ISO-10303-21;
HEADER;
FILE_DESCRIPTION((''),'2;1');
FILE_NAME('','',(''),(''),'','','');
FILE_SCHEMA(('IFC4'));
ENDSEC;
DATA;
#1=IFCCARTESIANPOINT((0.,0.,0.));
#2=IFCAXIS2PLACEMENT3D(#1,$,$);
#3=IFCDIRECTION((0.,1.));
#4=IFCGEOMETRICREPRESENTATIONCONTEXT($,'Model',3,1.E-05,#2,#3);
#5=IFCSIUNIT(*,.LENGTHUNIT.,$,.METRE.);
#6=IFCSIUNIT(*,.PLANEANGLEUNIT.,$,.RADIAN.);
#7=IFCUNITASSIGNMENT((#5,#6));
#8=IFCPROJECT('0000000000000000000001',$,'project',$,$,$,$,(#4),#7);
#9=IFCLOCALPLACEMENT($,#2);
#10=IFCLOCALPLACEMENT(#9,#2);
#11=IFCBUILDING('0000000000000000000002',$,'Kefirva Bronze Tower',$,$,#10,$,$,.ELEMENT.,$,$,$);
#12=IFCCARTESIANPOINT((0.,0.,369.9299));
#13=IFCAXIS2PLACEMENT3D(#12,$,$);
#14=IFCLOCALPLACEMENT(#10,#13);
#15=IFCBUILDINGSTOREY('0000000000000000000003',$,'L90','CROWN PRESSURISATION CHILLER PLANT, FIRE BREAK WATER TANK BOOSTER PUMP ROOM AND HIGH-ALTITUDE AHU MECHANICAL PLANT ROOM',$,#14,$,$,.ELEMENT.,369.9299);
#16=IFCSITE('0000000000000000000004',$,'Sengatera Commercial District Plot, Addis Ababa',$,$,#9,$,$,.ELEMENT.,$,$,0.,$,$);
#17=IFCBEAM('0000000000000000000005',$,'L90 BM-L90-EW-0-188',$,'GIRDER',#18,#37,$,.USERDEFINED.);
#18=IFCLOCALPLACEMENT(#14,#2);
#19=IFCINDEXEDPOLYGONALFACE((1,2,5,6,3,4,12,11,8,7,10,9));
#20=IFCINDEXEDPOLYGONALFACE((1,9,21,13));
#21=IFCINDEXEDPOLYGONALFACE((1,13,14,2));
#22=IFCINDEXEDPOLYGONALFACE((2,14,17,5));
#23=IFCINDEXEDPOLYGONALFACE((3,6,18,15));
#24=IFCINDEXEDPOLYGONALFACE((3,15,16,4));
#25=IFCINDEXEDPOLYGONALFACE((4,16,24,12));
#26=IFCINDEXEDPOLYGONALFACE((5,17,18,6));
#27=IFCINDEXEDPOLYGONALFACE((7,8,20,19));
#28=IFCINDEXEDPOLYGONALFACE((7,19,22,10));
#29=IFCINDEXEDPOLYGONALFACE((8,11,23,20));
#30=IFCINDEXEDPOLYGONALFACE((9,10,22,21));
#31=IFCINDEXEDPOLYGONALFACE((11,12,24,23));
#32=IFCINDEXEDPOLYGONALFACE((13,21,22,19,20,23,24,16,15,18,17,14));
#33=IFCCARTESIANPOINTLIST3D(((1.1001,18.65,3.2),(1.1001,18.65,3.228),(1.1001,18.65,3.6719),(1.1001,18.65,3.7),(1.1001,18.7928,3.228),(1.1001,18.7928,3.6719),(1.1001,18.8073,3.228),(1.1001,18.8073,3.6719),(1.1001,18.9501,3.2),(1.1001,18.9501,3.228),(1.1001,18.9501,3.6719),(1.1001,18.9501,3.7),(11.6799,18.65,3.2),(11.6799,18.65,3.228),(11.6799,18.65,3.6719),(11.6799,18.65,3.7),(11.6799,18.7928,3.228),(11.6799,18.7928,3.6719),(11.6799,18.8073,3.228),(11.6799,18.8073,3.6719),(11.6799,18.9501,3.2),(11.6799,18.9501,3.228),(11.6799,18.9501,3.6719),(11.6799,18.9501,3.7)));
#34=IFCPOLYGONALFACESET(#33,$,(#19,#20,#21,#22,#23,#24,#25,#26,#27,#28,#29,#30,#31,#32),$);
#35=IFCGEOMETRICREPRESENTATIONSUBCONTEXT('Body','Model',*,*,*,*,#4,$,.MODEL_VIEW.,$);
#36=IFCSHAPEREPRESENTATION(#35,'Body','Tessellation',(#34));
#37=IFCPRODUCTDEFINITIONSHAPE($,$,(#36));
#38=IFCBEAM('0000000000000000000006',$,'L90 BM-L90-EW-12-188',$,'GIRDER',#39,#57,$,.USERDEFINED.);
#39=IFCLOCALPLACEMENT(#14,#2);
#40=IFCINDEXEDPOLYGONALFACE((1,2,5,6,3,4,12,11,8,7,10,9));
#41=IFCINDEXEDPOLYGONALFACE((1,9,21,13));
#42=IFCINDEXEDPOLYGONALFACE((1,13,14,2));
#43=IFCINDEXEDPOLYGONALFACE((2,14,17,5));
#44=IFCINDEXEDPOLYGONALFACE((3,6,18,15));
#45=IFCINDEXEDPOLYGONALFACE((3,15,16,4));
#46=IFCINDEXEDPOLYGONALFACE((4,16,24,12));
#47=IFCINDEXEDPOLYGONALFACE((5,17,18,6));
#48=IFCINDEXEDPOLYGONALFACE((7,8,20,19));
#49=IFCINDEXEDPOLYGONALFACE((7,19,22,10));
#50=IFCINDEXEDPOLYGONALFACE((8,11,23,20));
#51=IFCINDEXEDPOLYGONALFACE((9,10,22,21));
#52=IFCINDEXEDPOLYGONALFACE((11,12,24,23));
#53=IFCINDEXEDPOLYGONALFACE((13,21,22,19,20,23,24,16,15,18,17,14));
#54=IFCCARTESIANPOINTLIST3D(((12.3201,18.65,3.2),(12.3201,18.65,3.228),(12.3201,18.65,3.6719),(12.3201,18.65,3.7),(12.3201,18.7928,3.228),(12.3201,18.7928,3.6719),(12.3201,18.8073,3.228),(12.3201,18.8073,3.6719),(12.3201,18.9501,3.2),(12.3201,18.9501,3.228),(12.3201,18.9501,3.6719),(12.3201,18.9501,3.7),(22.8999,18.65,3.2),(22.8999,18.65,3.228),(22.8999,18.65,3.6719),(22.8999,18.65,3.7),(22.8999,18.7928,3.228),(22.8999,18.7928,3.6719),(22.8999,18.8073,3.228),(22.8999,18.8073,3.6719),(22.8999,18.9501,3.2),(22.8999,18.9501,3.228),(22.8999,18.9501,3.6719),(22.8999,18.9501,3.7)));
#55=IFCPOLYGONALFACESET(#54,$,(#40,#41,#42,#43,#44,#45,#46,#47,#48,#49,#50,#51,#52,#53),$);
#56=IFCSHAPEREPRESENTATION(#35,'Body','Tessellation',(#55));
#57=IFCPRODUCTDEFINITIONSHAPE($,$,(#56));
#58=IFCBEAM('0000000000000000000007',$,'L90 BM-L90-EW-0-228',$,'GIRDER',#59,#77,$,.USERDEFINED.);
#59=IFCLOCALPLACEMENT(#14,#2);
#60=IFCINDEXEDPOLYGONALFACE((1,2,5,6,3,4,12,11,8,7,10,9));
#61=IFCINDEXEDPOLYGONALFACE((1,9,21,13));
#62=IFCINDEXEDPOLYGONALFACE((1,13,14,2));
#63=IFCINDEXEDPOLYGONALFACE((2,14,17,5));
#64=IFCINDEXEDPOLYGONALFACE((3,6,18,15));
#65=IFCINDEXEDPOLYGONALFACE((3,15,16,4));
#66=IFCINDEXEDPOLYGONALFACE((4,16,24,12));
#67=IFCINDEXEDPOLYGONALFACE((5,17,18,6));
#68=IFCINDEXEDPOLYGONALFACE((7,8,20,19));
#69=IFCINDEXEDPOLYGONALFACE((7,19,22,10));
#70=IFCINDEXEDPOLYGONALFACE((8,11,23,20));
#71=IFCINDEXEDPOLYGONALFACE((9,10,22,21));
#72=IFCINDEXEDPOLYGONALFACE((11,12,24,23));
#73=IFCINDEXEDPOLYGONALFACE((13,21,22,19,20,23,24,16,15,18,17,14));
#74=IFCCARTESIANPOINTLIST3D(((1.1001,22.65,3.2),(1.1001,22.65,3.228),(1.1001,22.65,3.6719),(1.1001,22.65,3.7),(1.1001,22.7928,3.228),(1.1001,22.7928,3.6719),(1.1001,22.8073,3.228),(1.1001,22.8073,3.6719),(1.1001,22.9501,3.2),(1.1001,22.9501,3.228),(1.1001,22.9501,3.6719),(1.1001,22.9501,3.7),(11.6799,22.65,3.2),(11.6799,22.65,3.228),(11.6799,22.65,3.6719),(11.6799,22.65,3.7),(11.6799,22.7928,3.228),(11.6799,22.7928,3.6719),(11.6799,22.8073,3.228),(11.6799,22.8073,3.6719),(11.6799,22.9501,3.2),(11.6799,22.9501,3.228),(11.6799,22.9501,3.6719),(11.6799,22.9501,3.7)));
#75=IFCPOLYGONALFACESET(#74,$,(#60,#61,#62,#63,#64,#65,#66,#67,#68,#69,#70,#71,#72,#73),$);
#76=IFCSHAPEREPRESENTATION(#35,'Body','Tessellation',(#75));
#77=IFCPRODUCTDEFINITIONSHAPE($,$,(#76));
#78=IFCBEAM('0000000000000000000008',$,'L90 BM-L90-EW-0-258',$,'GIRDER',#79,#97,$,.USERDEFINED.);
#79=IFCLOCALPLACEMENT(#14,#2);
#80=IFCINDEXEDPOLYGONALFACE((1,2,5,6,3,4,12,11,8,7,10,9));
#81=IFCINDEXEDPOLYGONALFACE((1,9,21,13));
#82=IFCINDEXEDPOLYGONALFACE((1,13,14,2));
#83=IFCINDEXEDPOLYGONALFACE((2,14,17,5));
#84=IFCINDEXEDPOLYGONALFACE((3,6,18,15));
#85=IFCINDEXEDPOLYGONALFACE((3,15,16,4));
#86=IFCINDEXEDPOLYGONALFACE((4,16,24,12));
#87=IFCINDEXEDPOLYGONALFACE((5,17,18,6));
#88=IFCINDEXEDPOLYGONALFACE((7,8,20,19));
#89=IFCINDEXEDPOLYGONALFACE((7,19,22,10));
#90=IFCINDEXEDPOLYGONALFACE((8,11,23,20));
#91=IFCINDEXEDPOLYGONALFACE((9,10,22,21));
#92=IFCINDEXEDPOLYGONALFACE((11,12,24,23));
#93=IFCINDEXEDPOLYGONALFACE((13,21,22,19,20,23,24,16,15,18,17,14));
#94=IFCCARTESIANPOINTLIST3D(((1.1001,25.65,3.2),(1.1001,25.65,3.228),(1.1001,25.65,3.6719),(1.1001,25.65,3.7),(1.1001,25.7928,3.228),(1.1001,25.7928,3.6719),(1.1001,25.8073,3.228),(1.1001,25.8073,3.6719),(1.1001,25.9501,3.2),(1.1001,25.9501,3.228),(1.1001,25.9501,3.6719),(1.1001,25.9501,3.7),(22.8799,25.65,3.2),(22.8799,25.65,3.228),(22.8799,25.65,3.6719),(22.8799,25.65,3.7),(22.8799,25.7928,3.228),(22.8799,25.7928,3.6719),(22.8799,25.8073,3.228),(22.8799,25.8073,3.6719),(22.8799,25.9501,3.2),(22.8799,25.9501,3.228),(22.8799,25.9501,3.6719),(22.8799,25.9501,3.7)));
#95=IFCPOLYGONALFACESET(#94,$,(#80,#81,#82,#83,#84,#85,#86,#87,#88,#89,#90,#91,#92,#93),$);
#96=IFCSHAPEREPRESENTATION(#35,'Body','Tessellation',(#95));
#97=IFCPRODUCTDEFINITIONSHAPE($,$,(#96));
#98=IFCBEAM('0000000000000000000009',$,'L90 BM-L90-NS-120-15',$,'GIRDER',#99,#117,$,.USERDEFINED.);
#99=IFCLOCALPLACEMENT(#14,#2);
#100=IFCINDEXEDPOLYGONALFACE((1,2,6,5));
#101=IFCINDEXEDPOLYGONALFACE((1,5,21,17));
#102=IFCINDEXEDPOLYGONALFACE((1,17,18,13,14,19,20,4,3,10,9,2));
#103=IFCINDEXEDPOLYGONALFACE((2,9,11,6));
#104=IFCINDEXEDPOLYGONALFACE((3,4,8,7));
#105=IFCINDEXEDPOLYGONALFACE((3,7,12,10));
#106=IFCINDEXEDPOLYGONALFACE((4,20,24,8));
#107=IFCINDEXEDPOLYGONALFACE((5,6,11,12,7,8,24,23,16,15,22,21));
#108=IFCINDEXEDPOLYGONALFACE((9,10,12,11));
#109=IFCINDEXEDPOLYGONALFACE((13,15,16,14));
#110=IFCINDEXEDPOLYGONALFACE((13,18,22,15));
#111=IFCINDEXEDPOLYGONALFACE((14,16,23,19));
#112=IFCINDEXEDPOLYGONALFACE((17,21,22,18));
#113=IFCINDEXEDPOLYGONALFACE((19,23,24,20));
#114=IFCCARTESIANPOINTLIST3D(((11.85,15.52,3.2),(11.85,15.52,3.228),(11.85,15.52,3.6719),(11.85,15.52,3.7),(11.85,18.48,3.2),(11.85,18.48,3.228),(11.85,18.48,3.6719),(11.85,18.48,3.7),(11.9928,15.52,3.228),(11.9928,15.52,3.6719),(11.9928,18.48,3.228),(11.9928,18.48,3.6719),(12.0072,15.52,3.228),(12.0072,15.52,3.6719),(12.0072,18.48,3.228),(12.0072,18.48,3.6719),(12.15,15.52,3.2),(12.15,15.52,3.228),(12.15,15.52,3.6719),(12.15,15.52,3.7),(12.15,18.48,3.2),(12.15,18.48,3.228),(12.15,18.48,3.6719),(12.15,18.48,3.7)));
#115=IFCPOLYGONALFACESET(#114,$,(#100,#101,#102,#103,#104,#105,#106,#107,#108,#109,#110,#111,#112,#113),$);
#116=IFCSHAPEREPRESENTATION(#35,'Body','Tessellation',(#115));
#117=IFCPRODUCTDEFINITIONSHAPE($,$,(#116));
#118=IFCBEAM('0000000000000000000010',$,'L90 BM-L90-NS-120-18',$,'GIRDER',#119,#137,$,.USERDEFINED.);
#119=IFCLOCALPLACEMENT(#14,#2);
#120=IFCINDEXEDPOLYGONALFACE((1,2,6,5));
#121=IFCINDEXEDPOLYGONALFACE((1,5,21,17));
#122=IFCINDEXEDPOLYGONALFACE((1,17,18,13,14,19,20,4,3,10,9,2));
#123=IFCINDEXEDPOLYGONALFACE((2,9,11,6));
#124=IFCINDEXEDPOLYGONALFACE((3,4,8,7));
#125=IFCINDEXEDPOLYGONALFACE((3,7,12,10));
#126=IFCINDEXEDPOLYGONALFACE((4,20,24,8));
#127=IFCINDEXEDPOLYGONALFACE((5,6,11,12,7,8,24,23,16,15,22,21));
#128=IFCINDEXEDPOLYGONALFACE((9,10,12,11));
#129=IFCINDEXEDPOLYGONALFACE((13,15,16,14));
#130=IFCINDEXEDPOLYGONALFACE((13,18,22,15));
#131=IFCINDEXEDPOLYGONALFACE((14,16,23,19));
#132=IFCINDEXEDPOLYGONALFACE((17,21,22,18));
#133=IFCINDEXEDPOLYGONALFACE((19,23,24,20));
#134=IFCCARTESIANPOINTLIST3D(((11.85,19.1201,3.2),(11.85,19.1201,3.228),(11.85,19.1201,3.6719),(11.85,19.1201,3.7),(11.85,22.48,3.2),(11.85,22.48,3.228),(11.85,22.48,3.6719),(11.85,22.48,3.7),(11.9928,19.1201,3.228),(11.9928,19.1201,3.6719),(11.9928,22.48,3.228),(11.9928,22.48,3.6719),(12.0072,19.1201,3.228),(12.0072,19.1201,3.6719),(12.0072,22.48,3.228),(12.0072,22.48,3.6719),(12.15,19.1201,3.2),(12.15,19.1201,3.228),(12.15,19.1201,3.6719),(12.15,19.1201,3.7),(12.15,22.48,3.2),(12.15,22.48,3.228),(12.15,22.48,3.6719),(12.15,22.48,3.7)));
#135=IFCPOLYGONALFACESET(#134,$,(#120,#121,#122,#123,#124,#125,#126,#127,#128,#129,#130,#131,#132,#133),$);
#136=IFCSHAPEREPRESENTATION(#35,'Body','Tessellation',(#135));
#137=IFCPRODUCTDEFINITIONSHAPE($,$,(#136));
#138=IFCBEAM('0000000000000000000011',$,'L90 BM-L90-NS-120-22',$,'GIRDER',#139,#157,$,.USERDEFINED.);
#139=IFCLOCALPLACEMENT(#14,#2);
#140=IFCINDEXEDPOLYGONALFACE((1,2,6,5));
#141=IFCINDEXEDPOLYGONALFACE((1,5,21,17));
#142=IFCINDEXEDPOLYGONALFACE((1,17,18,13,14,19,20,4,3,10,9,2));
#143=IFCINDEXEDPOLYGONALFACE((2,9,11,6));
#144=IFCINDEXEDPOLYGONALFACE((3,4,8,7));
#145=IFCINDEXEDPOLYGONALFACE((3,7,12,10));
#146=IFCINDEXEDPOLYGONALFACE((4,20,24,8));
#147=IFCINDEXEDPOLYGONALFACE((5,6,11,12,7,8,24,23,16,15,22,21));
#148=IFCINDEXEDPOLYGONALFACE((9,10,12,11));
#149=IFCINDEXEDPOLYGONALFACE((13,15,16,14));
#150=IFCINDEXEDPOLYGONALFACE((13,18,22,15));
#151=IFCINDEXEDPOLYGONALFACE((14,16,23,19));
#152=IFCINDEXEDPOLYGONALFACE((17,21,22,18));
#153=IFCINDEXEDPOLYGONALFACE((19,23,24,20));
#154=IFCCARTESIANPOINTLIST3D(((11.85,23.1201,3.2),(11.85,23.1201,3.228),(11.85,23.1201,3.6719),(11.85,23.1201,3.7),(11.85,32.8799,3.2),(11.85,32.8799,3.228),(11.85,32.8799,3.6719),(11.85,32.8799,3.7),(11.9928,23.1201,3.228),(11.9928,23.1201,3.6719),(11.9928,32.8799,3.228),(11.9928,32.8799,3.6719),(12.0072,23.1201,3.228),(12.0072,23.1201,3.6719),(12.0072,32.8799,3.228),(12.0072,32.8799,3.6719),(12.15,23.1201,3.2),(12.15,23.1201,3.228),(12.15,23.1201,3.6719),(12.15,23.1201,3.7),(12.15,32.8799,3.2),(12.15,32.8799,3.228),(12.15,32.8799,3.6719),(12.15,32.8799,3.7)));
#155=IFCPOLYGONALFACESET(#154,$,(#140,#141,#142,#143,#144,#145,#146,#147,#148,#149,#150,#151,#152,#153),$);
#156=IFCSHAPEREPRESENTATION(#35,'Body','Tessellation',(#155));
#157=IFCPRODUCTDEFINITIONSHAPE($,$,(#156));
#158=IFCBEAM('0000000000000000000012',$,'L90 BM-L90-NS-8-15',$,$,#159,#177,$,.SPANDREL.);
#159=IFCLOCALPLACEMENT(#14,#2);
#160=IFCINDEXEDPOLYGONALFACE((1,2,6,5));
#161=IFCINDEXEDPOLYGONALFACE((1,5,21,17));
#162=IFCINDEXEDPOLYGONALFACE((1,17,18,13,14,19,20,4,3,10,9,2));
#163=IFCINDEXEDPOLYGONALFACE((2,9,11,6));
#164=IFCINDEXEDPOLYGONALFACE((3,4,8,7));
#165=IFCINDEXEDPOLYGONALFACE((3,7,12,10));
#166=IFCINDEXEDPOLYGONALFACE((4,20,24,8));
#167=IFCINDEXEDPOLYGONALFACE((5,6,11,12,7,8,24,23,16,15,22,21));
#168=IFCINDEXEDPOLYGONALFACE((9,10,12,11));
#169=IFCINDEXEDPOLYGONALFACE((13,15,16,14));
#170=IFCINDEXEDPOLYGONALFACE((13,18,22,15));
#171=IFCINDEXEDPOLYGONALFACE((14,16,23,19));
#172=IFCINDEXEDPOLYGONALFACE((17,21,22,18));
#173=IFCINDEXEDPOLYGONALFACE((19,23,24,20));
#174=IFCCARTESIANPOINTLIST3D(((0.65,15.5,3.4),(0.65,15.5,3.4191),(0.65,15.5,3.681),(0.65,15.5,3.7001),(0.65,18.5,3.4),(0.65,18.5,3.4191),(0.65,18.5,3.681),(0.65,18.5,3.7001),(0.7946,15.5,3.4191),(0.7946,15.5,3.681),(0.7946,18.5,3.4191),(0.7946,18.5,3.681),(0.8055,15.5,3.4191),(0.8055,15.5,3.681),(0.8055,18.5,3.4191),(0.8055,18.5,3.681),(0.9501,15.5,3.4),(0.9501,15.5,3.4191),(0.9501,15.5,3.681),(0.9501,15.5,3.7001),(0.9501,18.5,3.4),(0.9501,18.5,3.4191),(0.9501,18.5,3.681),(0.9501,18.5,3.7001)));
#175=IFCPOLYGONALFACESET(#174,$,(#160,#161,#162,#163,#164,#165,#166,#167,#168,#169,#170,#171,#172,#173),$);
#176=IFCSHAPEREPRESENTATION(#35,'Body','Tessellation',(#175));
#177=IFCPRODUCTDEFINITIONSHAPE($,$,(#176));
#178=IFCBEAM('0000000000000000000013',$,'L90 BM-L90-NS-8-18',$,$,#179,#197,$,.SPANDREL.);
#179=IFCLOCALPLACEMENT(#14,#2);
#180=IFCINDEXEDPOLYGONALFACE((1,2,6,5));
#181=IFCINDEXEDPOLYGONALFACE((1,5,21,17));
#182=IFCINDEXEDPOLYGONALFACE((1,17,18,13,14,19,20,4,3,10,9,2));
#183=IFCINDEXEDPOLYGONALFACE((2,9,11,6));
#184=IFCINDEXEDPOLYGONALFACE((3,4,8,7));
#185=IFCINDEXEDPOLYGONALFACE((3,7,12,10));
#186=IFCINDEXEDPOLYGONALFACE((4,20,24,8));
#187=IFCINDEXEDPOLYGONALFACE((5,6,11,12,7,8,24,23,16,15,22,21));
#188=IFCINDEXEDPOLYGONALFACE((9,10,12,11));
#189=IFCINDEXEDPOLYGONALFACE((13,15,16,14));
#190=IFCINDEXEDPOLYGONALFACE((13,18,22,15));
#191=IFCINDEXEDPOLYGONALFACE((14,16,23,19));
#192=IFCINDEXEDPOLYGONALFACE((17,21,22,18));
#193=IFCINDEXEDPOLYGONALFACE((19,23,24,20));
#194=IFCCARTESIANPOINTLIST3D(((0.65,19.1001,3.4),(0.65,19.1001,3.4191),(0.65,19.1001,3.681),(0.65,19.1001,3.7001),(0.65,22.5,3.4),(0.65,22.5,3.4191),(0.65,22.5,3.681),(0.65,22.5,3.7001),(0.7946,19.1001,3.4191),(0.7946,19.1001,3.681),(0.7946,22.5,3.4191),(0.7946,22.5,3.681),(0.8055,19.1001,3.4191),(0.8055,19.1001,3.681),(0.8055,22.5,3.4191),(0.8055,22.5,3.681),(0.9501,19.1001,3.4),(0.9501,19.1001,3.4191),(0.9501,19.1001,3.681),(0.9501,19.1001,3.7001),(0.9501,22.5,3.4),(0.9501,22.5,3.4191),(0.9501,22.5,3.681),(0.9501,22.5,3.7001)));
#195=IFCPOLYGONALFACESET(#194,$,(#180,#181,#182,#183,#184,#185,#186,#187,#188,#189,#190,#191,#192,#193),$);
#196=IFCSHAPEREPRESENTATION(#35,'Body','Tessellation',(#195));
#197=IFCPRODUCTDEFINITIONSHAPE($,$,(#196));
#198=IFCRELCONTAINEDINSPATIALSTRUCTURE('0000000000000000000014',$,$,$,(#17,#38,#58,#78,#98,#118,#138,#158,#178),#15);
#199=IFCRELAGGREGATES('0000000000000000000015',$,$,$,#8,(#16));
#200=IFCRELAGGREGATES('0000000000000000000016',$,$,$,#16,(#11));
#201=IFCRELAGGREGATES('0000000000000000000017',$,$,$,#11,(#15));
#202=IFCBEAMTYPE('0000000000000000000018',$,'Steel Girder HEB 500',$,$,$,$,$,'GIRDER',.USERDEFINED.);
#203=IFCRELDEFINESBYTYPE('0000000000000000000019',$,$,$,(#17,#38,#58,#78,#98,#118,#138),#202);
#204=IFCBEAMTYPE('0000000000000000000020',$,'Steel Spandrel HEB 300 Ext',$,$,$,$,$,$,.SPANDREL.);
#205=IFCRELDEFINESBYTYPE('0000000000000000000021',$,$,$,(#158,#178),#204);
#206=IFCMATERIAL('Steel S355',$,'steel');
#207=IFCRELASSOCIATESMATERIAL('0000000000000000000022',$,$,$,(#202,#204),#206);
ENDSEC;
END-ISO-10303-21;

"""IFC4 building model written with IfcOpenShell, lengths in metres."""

from ifc_helpers import new_model, si_unit, direction, frame, origin, origin_2d, place, context, subcontext, project, spatial, i_section, extrude, material, material_profile, profile_set, type_object, element, save


model = new_model("IFC4")

# Units and contexts
model_context = context("Model", 3, precision=1e-05, world=origin(), true_north=direction((0.0, 1.0)))
body_context = subcontext(model_context, "Body", "Model", "MODEL_VIEW")
ifc_project = project(units=[si_unit("LENGTHUNIT", "METRE"), si_unit("PLANEANGLEUNIT", "RADIAN")], contexts=[model_context])

# Site, building, storey
site_placement = place(None, origin())
site = spatial("IfcSite", under=ifc_project, at=site_placement, Name="Sengatera Commercial District Plot, Addis Ababa", CompositionType="ELEMENT", RefElevation=0.0)
building_placement = place(site_placement, origin())
building = spatial("IfcBuilding", under=site, at=building_placement, Name="Kefirva Bronze Tower", CompositionType="ELEMENT")
storey_placement = place(building_placement, frame((0.0, 0.0, 369.9299)))
storey = spatial("IfcBuildingStorey", under=building, at=storey_placement, Name="L90", Description="CROWN PRESSURISATION CHILLER PLANT, FIRE BREAK WATER TANK BOOSTER PUMP ROOM AND HIGH-ALTITUDE AHU MECHANICAL PLANT ROOM", CompositionType="ELEMENT", Elevation=369.9299)

# Beams
ifc_material_1 = material(Name="Steel S355", Category="steel")
ifc_material_profile_1 = material_profile(ifc_material_1, i_section(OverallWidth=0.3, OverallDepth=0.5, WebThickness=0.0144, FlangeThickness=0.0281, at=origin_2d()), Name="HEB 500")
ifc_profile_set_1 = profile_set([ifc_material_profile_1], Name="Steel S355")
beam_type_1 = type_object("IfcBeamType", Name="Steel Girder HEB 500", ElementType="GIRDER", PredefinedType="USERDEFINED", material=ifc_profile_set_1)
for number, where, z_axis, x_axis, name in (
    (1, (1.1001, 18.8, 3.45), (1.0, 0.0, 0.0), (0.0, 1.0, 0.0), "L90 BM-L90-EW-0-188"),
    (2, (12.3201, 18.8, 3.45), (1.0, 0.0, 0.0), (0.0, 1.0, 0.0), "L90 BM-L90-EW-12-188"),
    (3, (1.1001, 22.8, 3.45), (1.0, 0.0, 0.0), (0.0, 1.0, 0.0), "L90 BM-L90-EW-0-228"),
):
    element("IfcBeam", number, at=place(storey_placement, frame(where, z_axis=z_axis, x_axis=x_axis)), inside=storey, type_object=beam_type_1, Name=name, ObjectType="GIRDER", PredefinedType="USERDEFINED", context=body_context, shape_type="SweptSolid", body=[
        extrude(i_section(OverallWidth=0.3, OverallDepth=0.5, WebThickness=0.0144, FlangeThickness=0.0281, at=origin_2d()), origin(), (0.0, 0.0, 1.0), 10.5798),
    ])
beam_1_placement = place(storey_placement, frame((1.1001, 25.8, 3.45), z_axis=(1.0, 0.0, 0.0), x_axis=(0.0, 1.0, 0.0)))
element("IfcBeam", 4, at=beam_1_placement, inside=storey, type_object=beam_type_1, Name="L90 BM-L90-EW-0-258", ObjectType="GIRDER", PredefinedType="USERDEFINED", context=body_context, shape_type="SweptSolid", body=[
    extrude(i_section(OverallWidth=0.3, OverallDepth=0.5, WebThickness=0.0144, FlangeThickness=0.0281, at=origin_2d()), origin(), (0.0, 0.0, 1.0), 21.7798),
])
beam_2_placement = place(storey_placement, frame((12.0, 15.52, 3.45), z_axis=(0.0, 1.0, 0.0), x_axis=(-1.0, 0.0, 0.0)))
element("IfcBeam", 5, at=beam_2_placement, inside=storey, type_object=beam_type_1, Name="L90 BM-L90-NS-120-15", ObjectType="GIRDER", PredefinedType="USERDEFINED", context=body_context, shape_type="SweptSolid", body=[
    extrude(i_section(OverallWidth=0.3, OverallDepth=0.5, WebThickness=0.0144, FlangeThickness=0.0281, at=origin_2d()), origin(), (0.0, 0.0, 1.0), 2.96),
])
beam_3_placement = place(storey_placement, frame((12.0, 19.1201, 3.45), z_axis=(0.0, 1.0, 0.0), x_axis=(-1.0, 0.0, 0.0)))
element("IfcBeam", 6, at=beam_3_placement, inside=storey, type_object=beam_type_1, Name="L90 BM-L90-NS-120-18", ObjectType="GIRDER", PredefinedType="USERDEFINED", context=body_context, shape_type="SweptSolid", body=[
    extrude(i_section(OverallWidth=0.3, OverallDepth=0.5, WebThickness=0.0144, FlangeThickness=0.0281, at=origin_2d()), origin(), (0.0, 0.0, 1.0), 3.3599),
])
beam_4_placement = place(storey_placement, frame((12.0, 23.1201, 3.45), z_axis=(0.0, 1.0, 0.0), x_axis=(-1.0, 0.0, 0.0)))
element("IfcBeam", 7, at=beam_4_placement, inside=storey, type_object=beam_type_1, Name="L90 BM-L90-NS-120-22", ObjectType="GIRDER", PredefinedType="USERDEFINED", context=body_context, shape_type="SweptSolid", body=[
    extrude(i_section(OverallWidth=0.3, OverallDepth=0.5, WebThickness=0.0144, FlangeThickness=0.0281, at=origin_2d()), origin(), (0.0, 0.0, 1.0), 9.7598),
])
ifc_material_profile_2 = material_profile(ifc_material_1, i_section(OverallWidth=0.3, OverallDepth=0.3, WebThickness=0.011, FlangeThickness=0.019, at=origin_2d()), Name="HEB 300")
ifc_profile_set_2 = profile_set([ifc_material_profile_2], Name="Steel S355")
beam_type_2 = type_object("IfcBeamType", Name="Steel Spandrel HEB 300 Ext", PredefinedType="SPANDREL", material=ifc_profile_set_2)
beam_5_placement = place(storey_placement, frame((0.8, 15.5, 3.55), z_axis=(0.0, 1.0, 0.0), x_axis=(-1.0, 0.0, 0.0)))
element("IfcBeam", 8, at=beam_5_placement, inside=storey, type_object=beam_type_2, Name="L90 BM-L90-NS-8-15", PredefinedType="SPANDREL", context=body_context, shape_type="SweptSolid", body=[
    extrude(i_section(OverallWidth=0.3, OverallDepth=0.3, WebThickness=0.011, FlangeThickness=0.019, at=origin_2d()), origin(), (0.0, 0.0, 1.0), 3.0),
])
beam_6_placement = place(storey_placement, frame((0.8, 19.1001, 3.55), z_axis=(0.0, 1.0, 0.0), x_axis=(-1.0, 0.0, 0.0)))
element("IfcBeam", 9, at=beam_6_placement, inside=storey, type_object=beam_type_2, Name="L90 BM-L90-NS-8-18", PredefinedType="SPANDREL", context=body_context, shape_type="SweptSolid", body=[
    extrude(i_section(OverallWidth=0.3, OverallDepth=0.3, WebThickness=0.011, FlangeThickness=0.019, at=origin_2d()), origin(), (0.0, 0.0, 1.0), 3.3999),
])

save(model, "model.ifc")
